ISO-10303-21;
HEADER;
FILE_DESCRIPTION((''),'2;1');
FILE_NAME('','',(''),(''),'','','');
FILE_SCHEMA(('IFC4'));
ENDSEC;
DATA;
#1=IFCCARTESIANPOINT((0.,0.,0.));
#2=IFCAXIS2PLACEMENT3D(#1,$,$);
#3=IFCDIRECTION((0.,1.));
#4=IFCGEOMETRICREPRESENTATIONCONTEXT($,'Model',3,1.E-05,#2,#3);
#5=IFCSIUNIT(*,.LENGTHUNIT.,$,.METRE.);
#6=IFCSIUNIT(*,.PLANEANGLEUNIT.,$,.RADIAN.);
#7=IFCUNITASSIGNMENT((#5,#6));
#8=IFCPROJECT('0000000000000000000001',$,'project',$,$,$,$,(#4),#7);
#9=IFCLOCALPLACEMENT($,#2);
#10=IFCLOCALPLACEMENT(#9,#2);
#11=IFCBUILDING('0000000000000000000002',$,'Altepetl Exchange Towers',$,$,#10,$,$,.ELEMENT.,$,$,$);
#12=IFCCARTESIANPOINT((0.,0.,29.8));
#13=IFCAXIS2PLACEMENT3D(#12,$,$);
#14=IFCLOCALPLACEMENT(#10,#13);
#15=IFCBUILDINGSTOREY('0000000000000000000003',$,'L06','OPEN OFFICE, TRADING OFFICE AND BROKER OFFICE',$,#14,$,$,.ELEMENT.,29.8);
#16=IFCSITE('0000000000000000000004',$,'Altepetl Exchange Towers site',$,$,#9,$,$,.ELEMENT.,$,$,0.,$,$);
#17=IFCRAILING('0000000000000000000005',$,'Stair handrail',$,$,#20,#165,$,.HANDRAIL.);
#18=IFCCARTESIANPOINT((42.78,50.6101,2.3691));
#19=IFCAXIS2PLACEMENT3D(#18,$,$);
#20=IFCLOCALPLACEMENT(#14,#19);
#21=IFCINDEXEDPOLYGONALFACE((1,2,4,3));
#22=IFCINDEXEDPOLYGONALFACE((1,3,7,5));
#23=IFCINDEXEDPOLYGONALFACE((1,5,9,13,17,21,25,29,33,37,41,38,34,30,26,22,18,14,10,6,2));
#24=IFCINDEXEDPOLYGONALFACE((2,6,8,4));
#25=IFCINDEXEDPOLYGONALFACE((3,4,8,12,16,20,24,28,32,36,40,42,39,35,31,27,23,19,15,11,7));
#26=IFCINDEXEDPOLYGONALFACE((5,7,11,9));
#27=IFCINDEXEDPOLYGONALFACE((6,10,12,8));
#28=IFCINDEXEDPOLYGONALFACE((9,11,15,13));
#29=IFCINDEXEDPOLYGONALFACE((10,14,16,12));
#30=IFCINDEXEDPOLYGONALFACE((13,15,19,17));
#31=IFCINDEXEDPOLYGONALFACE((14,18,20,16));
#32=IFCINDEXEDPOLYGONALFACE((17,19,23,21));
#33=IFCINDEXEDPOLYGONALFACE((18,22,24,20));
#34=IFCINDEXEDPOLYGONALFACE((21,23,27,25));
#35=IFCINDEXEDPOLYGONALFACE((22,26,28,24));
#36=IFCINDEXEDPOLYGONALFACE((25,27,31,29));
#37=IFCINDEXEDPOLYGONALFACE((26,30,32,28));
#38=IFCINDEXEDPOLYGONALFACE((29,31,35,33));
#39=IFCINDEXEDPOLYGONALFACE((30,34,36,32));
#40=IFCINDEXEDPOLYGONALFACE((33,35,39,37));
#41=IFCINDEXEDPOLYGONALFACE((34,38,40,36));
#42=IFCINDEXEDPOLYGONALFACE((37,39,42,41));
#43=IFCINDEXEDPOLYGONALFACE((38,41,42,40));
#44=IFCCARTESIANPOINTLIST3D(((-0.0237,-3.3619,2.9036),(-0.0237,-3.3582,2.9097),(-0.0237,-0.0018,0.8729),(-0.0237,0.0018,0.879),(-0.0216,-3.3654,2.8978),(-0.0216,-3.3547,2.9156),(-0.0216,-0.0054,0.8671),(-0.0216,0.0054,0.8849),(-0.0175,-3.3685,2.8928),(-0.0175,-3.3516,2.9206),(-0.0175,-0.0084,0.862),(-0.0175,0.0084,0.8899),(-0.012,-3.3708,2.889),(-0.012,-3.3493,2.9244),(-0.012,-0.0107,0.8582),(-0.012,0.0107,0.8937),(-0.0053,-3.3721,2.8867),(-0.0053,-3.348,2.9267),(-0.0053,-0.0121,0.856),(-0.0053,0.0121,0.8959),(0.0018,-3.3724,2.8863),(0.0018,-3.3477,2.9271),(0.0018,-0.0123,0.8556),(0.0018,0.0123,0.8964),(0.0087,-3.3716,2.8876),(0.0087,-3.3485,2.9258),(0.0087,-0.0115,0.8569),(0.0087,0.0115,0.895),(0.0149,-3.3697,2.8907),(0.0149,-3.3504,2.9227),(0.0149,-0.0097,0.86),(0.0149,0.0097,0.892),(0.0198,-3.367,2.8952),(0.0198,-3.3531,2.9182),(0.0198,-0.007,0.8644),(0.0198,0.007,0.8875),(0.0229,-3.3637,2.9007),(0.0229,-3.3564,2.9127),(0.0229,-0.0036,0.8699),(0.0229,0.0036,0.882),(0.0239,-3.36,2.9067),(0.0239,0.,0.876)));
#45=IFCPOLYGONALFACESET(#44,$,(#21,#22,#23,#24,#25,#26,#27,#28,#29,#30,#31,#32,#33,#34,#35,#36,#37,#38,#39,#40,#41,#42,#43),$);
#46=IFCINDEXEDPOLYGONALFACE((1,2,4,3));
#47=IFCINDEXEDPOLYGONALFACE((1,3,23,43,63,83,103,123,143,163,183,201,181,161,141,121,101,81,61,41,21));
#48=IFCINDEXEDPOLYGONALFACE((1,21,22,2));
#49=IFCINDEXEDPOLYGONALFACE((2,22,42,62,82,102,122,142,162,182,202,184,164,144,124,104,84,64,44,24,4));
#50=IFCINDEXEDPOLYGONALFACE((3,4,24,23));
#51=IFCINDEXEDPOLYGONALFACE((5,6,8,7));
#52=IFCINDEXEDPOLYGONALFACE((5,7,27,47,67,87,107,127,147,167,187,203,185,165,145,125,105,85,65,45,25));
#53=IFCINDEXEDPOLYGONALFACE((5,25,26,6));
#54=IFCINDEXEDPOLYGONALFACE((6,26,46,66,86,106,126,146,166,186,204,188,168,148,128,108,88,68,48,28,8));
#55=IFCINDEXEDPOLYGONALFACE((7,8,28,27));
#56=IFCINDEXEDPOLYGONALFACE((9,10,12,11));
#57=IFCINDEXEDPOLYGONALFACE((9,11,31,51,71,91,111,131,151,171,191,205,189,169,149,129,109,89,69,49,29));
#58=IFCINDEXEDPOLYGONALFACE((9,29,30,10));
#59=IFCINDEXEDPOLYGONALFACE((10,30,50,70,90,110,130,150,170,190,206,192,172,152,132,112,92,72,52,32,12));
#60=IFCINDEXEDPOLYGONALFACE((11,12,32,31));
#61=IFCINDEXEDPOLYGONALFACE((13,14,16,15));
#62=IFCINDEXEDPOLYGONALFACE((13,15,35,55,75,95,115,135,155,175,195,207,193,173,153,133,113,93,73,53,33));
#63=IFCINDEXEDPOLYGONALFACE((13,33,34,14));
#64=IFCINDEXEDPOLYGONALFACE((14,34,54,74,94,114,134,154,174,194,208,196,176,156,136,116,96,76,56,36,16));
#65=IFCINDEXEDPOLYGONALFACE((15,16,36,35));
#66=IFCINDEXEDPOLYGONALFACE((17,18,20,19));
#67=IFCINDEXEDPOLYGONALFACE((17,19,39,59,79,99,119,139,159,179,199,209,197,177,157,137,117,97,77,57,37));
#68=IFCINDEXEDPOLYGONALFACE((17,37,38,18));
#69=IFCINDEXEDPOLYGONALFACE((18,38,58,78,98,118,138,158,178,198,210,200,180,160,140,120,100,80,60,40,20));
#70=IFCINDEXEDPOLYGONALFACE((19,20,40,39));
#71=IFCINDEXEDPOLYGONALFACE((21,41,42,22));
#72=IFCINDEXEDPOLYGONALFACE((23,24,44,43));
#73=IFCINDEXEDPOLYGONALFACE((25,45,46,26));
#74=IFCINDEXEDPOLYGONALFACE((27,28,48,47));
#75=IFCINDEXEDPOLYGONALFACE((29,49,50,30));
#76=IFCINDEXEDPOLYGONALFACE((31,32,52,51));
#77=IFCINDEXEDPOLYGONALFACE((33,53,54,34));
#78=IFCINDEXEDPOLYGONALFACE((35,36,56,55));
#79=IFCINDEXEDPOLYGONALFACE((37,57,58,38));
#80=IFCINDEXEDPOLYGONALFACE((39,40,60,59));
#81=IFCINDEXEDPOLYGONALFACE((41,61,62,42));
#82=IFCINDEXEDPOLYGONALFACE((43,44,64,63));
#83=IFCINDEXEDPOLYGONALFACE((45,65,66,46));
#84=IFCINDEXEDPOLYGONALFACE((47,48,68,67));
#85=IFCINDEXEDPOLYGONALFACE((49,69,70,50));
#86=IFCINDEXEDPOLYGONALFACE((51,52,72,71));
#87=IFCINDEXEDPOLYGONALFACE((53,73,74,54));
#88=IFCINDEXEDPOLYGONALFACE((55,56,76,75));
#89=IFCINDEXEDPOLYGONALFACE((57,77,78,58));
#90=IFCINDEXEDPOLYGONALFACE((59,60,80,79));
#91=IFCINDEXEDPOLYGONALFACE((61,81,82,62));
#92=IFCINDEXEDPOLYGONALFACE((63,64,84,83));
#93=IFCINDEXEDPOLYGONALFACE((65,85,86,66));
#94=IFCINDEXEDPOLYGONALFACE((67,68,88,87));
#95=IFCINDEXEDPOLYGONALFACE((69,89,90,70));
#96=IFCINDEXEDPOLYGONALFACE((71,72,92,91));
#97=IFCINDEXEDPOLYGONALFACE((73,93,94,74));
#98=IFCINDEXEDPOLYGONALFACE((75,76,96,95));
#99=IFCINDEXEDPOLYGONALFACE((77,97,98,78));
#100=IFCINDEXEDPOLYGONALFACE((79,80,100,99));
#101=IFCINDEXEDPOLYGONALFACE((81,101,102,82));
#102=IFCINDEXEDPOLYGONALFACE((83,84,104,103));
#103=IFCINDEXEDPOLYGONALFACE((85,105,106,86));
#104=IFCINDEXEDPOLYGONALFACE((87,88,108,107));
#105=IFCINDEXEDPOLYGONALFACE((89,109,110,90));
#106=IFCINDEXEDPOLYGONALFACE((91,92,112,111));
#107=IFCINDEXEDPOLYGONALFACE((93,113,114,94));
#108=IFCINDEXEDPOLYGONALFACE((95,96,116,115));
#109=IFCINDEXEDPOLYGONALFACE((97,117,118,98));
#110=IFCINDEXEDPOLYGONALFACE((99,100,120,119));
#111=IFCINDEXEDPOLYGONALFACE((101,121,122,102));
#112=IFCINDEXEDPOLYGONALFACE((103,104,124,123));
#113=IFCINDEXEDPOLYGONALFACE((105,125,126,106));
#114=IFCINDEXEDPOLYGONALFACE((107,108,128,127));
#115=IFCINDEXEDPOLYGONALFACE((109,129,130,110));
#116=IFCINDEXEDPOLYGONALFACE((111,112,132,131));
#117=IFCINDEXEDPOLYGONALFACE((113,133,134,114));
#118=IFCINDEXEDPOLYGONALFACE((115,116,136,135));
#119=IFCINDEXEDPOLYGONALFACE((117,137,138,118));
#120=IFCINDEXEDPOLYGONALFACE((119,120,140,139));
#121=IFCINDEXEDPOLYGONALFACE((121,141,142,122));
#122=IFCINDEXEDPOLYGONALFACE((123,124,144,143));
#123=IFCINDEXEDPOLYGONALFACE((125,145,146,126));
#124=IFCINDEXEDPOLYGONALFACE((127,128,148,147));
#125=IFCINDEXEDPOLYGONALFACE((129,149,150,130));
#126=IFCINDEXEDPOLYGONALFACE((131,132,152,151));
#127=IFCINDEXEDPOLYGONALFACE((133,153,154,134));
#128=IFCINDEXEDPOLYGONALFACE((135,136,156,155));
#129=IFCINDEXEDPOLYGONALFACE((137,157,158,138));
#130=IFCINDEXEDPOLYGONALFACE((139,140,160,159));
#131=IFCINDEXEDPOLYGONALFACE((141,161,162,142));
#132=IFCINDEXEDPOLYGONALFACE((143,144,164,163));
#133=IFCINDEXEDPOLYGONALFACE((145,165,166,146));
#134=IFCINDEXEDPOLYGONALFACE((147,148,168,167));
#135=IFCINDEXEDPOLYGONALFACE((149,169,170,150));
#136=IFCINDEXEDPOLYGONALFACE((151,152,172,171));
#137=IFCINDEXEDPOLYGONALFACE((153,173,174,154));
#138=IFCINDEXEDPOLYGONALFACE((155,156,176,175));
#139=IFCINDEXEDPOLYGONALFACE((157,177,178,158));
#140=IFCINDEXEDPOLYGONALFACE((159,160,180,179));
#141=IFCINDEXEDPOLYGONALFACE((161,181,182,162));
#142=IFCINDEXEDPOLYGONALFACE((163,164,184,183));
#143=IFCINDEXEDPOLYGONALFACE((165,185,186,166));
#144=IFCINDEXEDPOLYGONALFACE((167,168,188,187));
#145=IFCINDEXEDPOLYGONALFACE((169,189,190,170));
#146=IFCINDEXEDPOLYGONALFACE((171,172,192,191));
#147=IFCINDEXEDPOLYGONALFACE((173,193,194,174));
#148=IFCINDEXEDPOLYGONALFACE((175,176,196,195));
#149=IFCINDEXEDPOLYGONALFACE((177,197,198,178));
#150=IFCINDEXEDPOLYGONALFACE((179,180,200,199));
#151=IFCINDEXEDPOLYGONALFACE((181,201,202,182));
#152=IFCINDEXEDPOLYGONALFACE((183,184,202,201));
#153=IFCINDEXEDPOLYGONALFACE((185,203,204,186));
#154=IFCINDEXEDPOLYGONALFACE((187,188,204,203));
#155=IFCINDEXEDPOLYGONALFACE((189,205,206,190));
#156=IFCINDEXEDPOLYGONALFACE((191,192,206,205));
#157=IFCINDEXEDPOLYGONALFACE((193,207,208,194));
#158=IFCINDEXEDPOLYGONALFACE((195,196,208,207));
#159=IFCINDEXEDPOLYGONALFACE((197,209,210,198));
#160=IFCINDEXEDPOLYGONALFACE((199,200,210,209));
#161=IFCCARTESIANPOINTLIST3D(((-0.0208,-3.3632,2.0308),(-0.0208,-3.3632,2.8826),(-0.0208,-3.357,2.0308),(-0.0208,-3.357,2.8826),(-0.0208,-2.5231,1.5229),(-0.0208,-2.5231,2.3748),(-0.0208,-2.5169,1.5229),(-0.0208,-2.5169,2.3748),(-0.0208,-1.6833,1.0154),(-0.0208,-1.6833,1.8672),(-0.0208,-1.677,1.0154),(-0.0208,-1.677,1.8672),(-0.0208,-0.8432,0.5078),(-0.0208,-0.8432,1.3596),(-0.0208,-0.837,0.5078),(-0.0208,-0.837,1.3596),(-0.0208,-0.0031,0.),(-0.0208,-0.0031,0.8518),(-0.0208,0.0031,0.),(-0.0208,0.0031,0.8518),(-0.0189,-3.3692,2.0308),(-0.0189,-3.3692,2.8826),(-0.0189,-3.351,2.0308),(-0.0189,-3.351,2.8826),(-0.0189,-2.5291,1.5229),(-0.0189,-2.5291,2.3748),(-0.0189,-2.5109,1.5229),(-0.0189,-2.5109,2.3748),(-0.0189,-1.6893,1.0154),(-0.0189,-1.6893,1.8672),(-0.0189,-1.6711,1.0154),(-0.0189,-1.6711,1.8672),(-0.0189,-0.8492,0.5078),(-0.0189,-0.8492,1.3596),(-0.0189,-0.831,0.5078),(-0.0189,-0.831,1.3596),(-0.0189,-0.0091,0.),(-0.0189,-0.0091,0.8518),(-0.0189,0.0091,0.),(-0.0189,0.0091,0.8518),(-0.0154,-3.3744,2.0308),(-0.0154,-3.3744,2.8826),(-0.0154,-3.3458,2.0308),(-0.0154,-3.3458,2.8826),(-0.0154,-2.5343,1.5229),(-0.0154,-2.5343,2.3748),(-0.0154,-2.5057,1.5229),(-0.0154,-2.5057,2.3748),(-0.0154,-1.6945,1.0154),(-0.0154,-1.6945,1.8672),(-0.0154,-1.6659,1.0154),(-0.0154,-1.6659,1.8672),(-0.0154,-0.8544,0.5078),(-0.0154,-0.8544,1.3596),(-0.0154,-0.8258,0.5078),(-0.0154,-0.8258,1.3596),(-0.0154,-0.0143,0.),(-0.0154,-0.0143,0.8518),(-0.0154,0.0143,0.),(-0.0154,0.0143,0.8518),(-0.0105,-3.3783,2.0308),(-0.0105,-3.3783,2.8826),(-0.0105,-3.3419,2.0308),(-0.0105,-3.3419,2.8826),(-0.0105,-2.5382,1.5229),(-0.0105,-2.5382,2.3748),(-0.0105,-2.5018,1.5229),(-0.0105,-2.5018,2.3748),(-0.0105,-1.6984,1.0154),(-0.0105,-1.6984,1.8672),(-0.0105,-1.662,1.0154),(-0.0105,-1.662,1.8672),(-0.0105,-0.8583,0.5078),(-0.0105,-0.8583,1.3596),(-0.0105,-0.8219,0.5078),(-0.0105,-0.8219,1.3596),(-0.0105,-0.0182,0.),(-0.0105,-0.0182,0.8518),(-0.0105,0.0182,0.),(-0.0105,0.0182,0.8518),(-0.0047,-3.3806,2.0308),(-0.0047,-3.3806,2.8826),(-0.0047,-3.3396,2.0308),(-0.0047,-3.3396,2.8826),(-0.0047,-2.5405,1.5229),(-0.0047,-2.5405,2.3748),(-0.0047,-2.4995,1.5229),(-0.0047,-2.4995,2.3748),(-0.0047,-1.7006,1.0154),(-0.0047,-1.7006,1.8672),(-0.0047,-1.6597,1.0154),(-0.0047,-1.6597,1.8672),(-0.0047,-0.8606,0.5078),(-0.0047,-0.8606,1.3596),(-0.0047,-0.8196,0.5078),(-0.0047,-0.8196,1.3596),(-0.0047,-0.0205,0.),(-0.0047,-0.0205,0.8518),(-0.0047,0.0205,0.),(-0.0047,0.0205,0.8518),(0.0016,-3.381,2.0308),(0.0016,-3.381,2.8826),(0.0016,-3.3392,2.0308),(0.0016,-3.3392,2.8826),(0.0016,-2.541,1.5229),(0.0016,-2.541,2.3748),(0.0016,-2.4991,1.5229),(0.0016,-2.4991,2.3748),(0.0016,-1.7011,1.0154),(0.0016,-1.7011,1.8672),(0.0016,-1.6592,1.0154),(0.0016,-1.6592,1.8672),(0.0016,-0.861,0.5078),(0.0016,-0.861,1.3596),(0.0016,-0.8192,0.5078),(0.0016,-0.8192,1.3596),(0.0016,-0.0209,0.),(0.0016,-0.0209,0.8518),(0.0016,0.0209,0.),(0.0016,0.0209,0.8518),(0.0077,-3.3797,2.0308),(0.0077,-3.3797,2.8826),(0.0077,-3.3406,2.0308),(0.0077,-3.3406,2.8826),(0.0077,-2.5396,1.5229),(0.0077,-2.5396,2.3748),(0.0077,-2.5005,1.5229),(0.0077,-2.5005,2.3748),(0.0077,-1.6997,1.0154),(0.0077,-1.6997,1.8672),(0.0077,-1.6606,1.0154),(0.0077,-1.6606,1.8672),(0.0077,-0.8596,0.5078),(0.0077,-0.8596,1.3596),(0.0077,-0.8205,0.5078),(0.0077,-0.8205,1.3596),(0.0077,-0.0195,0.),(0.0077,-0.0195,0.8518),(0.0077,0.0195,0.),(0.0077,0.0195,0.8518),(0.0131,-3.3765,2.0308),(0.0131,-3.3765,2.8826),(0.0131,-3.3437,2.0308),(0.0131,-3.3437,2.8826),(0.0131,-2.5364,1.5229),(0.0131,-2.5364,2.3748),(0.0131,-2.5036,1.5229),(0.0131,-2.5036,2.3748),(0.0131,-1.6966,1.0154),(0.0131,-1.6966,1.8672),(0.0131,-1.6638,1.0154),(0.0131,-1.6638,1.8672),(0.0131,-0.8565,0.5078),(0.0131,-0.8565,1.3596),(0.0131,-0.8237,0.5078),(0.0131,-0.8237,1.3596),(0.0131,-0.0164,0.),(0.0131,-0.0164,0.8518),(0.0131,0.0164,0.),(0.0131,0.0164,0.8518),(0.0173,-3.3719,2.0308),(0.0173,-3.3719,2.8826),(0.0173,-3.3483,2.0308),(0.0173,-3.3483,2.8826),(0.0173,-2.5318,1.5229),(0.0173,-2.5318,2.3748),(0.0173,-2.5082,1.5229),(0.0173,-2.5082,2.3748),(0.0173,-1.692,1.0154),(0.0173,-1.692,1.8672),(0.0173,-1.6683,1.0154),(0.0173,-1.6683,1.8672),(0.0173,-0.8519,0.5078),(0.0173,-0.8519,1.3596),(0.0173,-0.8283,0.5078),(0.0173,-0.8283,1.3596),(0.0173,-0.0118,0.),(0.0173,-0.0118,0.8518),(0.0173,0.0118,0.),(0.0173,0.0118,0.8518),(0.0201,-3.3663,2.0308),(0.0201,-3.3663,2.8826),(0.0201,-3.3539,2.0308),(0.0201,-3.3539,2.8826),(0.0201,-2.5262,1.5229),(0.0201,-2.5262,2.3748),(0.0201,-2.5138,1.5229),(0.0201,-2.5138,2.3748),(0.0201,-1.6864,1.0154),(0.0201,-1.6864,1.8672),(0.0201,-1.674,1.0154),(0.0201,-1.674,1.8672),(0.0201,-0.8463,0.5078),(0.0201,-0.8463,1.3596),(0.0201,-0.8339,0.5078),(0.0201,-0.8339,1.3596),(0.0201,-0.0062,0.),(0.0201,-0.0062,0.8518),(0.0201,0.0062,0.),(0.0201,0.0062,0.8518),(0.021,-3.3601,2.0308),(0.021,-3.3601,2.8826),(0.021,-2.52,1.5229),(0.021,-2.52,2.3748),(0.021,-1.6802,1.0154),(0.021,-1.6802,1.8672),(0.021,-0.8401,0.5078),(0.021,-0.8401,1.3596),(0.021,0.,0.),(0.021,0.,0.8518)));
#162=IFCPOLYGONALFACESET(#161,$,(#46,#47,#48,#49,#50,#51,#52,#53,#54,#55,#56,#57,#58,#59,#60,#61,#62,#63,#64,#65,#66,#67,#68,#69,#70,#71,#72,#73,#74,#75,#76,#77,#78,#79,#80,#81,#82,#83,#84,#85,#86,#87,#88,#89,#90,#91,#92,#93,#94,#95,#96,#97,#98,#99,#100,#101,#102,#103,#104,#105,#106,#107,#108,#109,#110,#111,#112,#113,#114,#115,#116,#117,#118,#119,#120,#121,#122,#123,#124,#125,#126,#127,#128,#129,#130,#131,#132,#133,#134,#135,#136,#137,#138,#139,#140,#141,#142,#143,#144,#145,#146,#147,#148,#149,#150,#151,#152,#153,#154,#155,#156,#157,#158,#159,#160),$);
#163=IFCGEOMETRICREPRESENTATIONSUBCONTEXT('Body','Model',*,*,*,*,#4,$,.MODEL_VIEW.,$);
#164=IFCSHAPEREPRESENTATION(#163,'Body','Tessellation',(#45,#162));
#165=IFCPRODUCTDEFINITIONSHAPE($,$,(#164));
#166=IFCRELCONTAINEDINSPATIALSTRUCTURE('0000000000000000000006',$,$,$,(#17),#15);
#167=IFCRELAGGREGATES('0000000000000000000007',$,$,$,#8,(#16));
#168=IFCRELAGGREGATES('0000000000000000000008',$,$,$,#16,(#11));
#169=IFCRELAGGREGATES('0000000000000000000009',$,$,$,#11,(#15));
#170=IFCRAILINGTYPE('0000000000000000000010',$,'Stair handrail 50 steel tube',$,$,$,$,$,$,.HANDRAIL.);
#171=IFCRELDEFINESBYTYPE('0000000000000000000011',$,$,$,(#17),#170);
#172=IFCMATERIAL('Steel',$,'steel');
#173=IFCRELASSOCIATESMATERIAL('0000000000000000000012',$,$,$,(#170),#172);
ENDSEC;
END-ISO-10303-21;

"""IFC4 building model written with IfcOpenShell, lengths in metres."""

from ifc_helpers import new_model, si_unit, direction, frame, origin, origin_2d, place, context, subcontext, project, spatial, circle, extrude, source, transform, mapped, material, type_object, element, save


model = new_model("IFC4")

# Units and contexts
model_context = context("Model", 3, precision=1e-05, world=origin(), true_north=direction((0.0, 1.0)))
body_context = subcontext(model_context, "Body", "Model", "MODEL_VIEW")
ifc_project = project(units=[si_unit("LENGTHUNIT", "METRE"), si_unit("PLANEANGLEUNIT", "RADIAN")], contexts=[model_context])

# Site, building, storey
site_placement = place(None, origin())
site = spatial("IfcSite", under=ifc_project, at=site_placement, Name="Altepetl Exchange Towers site", CompositionType="ELEMENT", RefElevation=0.0)
building_placement = place(site_placement, origin())
building = spatial("IfcBuilding", under=site, at=building_placement, Name="Altepetl Exchange Towers", CompositionType="ELEMENT")
storey_placement = place(building_placement, frame((0.0, 0.0, 29.8)))
storey = spatial("IfcBuildingStorey", under=building, at=storey_placement, Name="L06", Description="OPEN OFFICE, TRADING OFFICE AND BROKER OFFICE", CompositionType="ELEMENT", Elevation=29.8)

# Railing
ifc_material_1 = material(Name="Steel", Category="steel")
railing_type = type_object("IfcRailingType", Name="Stair handrail 50 steel tube", PredefinedType="HANDRAIL", material=ifc_material_1)
shared_shape = source(origin(), body_context, "Body", "SweptSolid", [
    extrude(circle(Radius=0.021, at=origin_2d()), origin(), (0.0, 0.0, 1.0), 0.8518),
])
railing_placement = place(storey_placement, frame((42.78, 50.6101, 2.3691)))
element("IfcRailing", 1, at=railing_placement, inside=storey, type_object=railing_type, Name="Stair handrail", PredefinedType="HANDRAIL", context=body_context, shape_type="SweptSolid", body=[
    extrude(circle(Radius=0.0239, at=origin_2d()), frame((0.0, 0.0, 0.876), z_axis=(0.0, -0.855837, 0.517246), x_axis=(1.0, 0.0, 0.0)), (0.0, 0.0, 1.0), 3.926),
    mapped(shared_shape, transform((0.0, 0.0, 0.0))),
    mapped(shared_shape, transform((0.0, -0.8401, 0.5078))),
    mapped(shared_shape, transform((0.0, -1.6802, 1.0154))),
    mapped(shared_shape, transform((0.0, -2.52, 1.5229))),
    mapped(shared_shape, transform((0.0, -3.3601, 2.0308))),
])

save(model, "model.ifc")
